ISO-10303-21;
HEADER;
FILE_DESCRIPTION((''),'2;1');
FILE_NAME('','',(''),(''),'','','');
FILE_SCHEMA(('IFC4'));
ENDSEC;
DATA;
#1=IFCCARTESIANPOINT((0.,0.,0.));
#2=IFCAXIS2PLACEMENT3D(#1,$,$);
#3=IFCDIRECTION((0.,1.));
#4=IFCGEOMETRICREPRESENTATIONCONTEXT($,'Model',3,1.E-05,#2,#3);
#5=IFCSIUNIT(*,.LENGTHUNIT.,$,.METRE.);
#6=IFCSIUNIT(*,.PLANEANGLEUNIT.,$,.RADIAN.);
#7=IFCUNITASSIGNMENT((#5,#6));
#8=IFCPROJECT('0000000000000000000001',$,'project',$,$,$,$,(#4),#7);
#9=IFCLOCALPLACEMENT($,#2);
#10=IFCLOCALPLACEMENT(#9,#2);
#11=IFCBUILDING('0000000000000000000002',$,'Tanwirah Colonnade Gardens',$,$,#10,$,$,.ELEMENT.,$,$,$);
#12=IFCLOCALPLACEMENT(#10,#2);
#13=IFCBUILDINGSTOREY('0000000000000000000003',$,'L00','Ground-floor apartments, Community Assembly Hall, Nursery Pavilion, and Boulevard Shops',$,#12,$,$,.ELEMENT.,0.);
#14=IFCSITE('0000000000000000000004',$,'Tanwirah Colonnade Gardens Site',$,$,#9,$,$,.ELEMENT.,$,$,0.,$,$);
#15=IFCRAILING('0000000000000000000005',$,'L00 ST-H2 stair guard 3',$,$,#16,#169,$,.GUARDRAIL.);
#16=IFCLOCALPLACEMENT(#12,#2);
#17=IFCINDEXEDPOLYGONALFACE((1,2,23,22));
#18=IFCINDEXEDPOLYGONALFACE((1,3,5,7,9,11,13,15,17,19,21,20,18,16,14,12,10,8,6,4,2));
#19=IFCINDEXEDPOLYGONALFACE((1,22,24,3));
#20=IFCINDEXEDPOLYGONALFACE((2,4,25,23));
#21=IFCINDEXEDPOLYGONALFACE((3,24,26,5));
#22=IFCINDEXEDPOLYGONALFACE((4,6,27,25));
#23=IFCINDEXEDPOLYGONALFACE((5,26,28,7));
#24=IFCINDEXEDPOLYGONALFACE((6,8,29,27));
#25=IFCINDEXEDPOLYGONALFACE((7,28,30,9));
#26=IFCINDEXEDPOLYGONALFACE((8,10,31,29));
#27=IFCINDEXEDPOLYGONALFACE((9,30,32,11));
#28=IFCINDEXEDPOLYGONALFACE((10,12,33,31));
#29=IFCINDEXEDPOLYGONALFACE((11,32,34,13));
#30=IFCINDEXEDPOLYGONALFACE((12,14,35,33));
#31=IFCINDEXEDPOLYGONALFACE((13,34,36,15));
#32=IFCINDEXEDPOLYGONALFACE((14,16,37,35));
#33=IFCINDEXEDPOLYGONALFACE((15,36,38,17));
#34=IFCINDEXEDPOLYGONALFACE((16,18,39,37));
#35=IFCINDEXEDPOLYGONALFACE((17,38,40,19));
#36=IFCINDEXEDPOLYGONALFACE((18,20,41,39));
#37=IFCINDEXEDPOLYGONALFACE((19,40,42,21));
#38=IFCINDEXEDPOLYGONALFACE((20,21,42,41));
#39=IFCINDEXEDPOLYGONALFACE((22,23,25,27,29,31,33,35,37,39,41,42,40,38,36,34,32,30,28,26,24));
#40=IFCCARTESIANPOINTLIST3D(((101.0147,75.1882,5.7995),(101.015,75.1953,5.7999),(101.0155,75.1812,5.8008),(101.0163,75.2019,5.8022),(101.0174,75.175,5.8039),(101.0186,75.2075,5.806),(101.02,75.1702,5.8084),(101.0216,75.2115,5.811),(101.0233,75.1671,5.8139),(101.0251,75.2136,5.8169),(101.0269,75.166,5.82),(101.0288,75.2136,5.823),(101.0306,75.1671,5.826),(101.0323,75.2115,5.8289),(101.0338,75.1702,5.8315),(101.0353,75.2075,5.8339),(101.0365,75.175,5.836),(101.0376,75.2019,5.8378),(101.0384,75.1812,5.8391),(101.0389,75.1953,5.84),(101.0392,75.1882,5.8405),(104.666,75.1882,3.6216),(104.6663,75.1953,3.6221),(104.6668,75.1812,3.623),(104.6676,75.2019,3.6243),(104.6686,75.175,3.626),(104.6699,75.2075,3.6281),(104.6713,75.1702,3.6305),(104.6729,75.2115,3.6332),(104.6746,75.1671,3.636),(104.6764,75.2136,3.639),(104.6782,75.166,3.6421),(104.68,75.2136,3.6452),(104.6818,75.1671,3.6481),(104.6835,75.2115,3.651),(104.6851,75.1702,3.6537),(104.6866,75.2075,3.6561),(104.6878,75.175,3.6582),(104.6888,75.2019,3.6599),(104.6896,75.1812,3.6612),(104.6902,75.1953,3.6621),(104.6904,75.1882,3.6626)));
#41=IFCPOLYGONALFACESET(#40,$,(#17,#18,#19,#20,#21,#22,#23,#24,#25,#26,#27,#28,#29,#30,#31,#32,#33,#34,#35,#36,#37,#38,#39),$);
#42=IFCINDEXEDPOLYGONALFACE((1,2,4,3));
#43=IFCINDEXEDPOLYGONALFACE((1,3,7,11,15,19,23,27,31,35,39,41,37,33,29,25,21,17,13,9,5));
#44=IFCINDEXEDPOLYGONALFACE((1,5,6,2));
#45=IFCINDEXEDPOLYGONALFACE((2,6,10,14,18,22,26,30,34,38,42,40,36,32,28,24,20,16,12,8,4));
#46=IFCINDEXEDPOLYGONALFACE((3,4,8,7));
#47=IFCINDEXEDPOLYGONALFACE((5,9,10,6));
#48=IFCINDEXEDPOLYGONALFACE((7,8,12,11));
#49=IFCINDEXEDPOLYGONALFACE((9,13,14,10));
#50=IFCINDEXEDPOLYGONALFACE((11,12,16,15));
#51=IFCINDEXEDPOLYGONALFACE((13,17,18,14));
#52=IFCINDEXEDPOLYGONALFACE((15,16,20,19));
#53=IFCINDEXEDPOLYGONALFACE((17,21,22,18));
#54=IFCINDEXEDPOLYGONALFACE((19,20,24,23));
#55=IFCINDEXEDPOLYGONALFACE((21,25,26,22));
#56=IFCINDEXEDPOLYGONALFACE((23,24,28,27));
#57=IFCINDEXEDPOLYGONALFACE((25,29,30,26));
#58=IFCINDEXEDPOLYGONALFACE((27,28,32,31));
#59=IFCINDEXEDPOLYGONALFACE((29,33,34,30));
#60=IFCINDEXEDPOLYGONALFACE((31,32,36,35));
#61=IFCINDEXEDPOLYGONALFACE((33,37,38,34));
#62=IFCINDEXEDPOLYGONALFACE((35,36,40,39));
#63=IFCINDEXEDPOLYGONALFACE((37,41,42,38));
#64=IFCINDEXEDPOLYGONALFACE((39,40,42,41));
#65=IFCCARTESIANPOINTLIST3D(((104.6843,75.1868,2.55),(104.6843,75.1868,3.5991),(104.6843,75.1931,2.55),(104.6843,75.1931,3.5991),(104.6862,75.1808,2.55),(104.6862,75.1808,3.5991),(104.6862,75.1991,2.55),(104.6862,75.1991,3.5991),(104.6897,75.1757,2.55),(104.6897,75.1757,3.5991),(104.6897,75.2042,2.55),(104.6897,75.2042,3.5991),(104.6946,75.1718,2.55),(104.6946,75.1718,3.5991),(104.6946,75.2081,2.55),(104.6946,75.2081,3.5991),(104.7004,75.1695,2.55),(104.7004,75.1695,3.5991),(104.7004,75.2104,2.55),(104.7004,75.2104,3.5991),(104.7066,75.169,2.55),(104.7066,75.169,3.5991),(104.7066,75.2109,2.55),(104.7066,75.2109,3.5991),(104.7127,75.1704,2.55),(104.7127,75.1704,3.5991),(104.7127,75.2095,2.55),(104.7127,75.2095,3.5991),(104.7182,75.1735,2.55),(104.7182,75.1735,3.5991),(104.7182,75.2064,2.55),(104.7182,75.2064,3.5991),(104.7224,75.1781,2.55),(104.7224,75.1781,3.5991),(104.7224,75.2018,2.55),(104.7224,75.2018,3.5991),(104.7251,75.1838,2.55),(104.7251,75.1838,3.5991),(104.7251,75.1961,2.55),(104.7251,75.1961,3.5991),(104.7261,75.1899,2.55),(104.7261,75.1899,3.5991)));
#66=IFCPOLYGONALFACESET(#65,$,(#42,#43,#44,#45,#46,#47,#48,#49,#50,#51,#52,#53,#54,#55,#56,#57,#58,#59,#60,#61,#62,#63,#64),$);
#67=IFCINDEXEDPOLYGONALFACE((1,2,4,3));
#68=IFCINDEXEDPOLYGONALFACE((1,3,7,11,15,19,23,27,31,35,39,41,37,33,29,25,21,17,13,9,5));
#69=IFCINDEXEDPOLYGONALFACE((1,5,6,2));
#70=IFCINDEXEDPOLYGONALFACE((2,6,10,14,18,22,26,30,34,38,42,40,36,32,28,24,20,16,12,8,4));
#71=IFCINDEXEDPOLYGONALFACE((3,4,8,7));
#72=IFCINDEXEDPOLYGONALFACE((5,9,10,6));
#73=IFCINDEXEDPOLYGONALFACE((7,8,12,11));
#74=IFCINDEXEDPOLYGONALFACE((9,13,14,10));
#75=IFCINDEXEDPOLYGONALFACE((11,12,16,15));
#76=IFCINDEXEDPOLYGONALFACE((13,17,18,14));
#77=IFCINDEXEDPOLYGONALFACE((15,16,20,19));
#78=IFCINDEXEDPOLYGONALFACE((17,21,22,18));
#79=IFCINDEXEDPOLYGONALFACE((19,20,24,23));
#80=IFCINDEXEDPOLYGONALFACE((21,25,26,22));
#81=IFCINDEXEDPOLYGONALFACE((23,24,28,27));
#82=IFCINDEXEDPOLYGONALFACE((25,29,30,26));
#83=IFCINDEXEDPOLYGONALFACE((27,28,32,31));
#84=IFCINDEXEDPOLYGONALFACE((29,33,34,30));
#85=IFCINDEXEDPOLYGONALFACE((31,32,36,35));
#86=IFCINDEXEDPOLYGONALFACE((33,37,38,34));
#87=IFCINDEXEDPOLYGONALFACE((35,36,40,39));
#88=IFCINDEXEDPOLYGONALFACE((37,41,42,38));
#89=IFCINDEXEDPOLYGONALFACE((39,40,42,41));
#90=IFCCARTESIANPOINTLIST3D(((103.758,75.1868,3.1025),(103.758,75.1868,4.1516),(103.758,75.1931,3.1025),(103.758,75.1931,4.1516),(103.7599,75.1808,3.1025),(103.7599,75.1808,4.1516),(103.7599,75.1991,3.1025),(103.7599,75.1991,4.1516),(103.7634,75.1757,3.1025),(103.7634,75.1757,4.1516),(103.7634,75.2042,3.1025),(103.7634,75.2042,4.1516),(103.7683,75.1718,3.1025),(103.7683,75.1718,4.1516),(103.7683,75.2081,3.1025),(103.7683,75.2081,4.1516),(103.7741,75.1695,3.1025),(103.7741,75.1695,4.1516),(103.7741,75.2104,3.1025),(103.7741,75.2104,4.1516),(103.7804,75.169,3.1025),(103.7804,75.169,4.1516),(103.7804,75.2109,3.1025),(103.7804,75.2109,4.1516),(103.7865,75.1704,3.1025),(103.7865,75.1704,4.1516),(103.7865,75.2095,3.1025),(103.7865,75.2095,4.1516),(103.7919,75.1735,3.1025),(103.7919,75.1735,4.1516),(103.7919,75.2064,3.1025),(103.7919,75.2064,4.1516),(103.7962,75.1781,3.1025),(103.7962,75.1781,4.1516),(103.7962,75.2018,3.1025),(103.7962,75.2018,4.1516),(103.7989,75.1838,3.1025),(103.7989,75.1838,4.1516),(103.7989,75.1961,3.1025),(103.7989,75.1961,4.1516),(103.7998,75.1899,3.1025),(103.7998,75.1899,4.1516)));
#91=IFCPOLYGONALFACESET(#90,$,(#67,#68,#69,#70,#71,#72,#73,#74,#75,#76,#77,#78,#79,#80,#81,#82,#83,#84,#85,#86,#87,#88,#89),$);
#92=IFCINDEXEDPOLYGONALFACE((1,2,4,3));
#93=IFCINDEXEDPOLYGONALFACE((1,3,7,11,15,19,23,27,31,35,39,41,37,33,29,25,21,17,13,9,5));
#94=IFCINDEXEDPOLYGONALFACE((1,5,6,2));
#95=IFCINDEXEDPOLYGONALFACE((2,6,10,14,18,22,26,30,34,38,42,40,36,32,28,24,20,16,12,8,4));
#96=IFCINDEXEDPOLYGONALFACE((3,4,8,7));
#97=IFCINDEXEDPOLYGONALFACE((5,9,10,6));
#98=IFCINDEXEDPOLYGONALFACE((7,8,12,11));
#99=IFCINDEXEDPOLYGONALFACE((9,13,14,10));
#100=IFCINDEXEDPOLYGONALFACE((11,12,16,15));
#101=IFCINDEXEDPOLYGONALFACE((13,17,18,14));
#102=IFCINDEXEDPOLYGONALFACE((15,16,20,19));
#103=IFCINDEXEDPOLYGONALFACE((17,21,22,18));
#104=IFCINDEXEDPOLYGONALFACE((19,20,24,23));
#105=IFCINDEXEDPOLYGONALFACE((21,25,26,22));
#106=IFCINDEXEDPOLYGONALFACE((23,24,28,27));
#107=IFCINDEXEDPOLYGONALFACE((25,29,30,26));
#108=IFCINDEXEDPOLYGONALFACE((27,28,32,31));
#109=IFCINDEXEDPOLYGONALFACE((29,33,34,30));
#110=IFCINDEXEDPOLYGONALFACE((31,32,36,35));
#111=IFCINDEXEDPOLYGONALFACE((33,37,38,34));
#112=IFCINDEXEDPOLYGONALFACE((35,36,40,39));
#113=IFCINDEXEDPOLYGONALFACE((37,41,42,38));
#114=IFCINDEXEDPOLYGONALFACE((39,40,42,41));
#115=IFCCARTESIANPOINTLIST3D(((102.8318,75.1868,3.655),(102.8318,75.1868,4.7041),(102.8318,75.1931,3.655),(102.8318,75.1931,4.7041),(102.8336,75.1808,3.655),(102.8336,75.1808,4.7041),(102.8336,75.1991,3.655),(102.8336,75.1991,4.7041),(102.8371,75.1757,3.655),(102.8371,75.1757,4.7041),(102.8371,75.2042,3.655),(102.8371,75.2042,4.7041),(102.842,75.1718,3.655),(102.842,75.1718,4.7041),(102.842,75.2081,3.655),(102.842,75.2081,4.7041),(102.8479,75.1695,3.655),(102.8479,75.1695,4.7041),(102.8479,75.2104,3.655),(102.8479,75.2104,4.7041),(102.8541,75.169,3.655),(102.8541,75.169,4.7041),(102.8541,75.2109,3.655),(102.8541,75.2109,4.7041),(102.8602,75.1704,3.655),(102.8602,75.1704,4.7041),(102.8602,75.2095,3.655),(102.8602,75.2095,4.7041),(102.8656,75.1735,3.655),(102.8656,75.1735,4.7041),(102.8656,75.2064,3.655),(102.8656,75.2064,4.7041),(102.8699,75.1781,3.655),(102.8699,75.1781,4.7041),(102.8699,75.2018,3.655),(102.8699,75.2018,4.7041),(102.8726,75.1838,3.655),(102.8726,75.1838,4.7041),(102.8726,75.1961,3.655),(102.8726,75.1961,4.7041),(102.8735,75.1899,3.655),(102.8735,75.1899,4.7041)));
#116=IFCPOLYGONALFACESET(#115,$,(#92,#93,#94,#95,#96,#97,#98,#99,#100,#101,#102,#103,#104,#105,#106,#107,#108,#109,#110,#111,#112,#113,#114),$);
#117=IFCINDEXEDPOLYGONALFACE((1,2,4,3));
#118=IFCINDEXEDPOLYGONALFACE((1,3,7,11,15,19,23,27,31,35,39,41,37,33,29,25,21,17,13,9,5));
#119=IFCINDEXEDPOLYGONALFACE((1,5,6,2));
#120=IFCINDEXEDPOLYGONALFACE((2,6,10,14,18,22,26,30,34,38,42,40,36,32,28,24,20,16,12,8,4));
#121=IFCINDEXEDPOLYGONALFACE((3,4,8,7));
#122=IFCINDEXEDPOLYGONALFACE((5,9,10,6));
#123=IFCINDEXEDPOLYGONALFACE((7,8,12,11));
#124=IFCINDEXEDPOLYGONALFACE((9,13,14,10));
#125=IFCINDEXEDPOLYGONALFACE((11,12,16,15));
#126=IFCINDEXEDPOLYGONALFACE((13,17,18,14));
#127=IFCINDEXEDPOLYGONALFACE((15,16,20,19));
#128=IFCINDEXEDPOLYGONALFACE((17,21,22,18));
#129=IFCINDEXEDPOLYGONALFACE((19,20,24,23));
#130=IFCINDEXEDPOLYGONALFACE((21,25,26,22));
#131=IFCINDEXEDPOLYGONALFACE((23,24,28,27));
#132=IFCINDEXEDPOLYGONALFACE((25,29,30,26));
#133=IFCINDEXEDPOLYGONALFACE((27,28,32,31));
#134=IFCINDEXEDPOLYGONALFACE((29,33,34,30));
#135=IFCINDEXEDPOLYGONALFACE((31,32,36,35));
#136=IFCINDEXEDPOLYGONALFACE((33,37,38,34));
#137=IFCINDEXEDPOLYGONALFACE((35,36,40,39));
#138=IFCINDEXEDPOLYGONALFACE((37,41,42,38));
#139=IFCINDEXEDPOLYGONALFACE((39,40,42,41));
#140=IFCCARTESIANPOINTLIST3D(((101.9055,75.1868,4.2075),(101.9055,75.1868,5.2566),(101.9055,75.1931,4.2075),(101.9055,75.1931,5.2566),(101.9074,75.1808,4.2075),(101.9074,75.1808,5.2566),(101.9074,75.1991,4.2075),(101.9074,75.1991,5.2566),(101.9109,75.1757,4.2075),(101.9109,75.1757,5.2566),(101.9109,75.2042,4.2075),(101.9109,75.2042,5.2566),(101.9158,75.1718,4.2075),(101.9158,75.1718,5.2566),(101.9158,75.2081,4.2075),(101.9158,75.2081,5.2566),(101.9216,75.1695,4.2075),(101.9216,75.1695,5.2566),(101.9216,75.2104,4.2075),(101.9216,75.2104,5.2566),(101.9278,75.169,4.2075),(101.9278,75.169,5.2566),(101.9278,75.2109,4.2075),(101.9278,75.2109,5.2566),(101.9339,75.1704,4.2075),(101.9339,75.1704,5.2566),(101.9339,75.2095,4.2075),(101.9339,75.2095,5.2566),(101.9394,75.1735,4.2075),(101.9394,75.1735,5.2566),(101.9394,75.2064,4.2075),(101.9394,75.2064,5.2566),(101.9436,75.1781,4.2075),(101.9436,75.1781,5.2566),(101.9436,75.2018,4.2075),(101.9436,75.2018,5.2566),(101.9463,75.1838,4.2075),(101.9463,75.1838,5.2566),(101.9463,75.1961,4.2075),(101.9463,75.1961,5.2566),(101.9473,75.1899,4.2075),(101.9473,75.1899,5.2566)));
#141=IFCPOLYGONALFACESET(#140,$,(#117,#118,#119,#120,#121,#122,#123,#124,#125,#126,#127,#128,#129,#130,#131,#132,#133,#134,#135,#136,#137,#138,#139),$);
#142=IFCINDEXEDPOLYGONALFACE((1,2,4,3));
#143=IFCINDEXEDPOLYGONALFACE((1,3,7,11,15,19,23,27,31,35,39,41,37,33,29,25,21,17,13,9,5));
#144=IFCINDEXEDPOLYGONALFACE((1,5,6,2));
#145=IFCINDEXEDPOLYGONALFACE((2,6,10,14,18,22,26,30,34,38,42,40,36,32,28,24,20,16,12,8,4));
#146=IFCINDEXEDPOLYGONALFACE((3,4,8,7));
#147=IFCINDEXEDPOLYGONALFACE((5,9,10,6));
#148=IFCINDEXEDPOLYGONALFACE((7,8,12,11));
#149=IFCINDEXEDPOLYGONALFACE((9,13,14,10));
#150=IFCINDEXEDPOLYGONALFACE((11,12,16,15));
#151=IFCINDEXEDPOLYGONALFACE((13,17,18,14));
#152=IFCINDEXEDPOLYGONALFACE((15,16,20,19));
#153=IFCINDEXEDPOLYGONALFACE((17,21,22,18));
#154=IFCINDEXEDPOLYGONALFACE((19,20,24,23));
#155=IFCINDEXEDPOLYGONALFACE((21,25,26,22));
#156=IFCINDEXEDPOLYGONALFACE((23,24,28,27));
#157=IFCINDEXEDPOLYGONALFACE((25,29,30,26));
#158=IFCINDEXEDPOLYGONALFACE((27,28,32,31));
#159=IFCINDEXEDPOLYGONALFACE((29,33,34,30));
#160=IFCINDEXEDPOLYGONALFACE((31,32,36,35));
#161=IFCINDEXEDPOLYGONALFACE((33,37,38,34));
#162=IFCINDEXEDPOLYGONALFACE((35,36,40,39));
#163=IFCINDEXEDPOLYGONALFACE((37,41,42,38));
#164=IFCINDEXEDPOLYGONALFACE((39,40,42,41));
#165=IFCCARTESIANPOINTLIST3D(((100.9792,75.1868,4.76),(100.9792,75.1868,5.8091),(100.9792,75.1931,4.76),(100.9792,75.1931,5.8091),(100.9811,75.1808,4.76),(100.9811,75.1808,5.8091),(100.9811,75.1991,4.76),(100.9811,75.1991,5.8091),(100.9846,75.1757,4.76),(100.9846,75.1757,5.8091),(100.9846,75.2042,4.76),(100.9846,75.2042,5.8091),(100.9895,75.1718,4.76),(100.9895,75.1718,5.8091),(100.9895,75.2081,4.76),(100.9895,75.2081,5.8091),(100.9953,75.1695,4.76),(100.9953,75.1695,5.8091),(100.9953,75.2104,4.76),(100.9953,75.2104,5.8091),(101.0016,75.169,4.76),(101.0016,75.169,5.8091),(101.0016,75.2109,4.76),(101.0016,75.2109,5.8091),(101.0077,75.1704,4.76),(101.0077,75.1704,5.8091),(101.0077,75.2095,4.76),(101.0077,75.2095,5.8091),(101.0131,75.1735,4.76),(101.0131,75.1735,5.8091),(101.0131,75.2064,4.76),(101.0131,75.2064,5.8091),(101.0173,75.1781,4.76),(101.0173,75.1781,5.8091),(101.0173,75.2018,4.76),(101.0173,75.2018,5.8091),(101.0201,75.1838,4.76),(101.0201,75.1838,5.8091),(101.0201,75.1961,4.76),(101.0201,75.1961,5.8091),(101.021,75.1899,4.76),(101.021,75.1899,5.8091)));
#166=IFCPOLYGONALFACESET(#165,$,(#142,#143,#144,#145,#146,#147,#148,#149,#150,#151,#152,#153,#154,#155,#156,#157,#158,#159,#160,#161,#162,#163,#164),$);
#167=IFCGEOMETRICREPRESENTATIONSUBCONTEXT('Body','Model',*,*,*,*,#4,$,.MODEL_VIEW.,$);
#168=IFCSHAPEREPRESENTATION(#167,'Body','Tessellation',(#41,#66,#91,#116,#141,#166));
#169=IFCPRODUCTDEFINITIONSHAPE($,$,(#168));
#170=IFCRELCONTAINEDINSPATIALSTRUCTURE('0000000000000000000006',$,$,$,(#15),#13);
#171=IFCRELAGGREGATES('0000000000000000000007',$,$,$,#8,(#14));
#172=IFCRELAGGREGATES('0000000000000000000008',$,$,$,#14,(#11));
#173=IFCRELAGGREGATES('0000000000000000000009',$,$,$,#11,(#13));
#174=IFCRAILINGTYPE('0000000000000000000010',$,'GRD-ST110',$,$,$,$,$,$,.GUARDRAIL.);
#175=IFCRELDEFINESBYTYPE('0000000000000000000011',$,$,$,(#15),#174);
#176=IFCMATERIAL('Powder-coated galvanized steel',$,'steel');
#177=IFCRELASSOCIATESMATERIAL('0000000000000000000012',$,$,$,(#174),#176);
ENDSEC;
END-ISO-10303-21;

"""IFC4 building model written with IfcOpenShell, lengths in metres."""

from ifc_helpers import new_model, si_unit, direction, frame, origin, origin_2d, place, context, subcontext, project, spatial, circle, extrude, material, type_object, element, save


model = new_model("IFC4")

# Units and contexts
model_context = context("Model", 3, precision=1e-05, world=origin(), true_north=direction((0.0, 1.0)))
body_context = subcontext(model_context, "Body", "Model", "MODEL_VIEW")
ifc_project = project(units=[si_unit("LENGTHUNIT", "METRE"), si_unit("PLANEANGLEUNIT", "RADIAN")], contexts=[model_context])

# Site, building, storey
site_placement = place(None, origin())
site = spatial("IfcSite", under=ifc_project, at=site_placement, Name="Tanwirah Colonnade Gardens Site", CompositionType="ELEMENT", RefElevation=0.0)
building_placement = place(site_placement, origin())
building = spatial("IfcBuilding", under=site, at=building_placement, Name="Tanwirah Colonnade Gardens", CompositionType="ELEMENT")
storey_placement = place(building_placement, origin())
storey = spatial("IfcBuildingStorey", under=building, at=storey_placement, Name="L00", Description="Ground-floor apartments, Community Assembly Hall, Nursery Pavilion, and Boulevard Shops", CompositionType="ELEMENT", Elevation=0.0)

# Railing
ifc_material_1 = material(Name="Powder-coated galvanized steel", Category="steel")
railing_type_1 = type_object("IfcRailingType", Name="GRD-ST110", PredefinedType="GUARDRAIL", material=ifc_material_1)
railing_1_placement = place(storey_placement, frame((104.7051, 75.1899, 2.55)))
element("IfcRailing", 1, at=railing_1_placement, inside=storey, type_object=railing_type_1, Name="L00 ST-H2 stair guard 3", PredefinedType="GUARDRAIL", context=body_context, shape_type="SweptSolid", body=[
    extrude(circle(Radius=0.0239, at=origin_2d()), frame((-0.0269, 0.0, 1.092), z_axis=(-0.858828, 0.0, 0.512264), x_axis=(0.0, -1.0, 0.0)), (0.0, 0.0, 1.0), 4.2515),
    extrude(circle(Radius=0.021, at=origin_2d()), origin(), (0.0, 0.0, 1.0), 1.0491),
    extrude(circle(Radius=0.021, at=origin_2d()), frame((-0.9263, 0.0, 0.5525)), (0.0, 0.0, 1.0), 1.0491),
    extrude(circle(Radius=0.021, at=origin_2d()), frame((-1.8525, 0.0, 1.105)), (0.0, 0.0, 1.0), 1.0491),
    extrude(circle(Radius=0.021, at=origin_2d()), frame((-2.7788, 0.0, 1.6575)), (0.0, 0.0, 1.0), 1.0491),
    extrude(circle(Radius=0.021, at=origin_2d()), frame((-3.7051, 0.0, 2.21)), (0.0, 0.0, 1.0), 1.0491),
])

save(model, "model.ifc")
